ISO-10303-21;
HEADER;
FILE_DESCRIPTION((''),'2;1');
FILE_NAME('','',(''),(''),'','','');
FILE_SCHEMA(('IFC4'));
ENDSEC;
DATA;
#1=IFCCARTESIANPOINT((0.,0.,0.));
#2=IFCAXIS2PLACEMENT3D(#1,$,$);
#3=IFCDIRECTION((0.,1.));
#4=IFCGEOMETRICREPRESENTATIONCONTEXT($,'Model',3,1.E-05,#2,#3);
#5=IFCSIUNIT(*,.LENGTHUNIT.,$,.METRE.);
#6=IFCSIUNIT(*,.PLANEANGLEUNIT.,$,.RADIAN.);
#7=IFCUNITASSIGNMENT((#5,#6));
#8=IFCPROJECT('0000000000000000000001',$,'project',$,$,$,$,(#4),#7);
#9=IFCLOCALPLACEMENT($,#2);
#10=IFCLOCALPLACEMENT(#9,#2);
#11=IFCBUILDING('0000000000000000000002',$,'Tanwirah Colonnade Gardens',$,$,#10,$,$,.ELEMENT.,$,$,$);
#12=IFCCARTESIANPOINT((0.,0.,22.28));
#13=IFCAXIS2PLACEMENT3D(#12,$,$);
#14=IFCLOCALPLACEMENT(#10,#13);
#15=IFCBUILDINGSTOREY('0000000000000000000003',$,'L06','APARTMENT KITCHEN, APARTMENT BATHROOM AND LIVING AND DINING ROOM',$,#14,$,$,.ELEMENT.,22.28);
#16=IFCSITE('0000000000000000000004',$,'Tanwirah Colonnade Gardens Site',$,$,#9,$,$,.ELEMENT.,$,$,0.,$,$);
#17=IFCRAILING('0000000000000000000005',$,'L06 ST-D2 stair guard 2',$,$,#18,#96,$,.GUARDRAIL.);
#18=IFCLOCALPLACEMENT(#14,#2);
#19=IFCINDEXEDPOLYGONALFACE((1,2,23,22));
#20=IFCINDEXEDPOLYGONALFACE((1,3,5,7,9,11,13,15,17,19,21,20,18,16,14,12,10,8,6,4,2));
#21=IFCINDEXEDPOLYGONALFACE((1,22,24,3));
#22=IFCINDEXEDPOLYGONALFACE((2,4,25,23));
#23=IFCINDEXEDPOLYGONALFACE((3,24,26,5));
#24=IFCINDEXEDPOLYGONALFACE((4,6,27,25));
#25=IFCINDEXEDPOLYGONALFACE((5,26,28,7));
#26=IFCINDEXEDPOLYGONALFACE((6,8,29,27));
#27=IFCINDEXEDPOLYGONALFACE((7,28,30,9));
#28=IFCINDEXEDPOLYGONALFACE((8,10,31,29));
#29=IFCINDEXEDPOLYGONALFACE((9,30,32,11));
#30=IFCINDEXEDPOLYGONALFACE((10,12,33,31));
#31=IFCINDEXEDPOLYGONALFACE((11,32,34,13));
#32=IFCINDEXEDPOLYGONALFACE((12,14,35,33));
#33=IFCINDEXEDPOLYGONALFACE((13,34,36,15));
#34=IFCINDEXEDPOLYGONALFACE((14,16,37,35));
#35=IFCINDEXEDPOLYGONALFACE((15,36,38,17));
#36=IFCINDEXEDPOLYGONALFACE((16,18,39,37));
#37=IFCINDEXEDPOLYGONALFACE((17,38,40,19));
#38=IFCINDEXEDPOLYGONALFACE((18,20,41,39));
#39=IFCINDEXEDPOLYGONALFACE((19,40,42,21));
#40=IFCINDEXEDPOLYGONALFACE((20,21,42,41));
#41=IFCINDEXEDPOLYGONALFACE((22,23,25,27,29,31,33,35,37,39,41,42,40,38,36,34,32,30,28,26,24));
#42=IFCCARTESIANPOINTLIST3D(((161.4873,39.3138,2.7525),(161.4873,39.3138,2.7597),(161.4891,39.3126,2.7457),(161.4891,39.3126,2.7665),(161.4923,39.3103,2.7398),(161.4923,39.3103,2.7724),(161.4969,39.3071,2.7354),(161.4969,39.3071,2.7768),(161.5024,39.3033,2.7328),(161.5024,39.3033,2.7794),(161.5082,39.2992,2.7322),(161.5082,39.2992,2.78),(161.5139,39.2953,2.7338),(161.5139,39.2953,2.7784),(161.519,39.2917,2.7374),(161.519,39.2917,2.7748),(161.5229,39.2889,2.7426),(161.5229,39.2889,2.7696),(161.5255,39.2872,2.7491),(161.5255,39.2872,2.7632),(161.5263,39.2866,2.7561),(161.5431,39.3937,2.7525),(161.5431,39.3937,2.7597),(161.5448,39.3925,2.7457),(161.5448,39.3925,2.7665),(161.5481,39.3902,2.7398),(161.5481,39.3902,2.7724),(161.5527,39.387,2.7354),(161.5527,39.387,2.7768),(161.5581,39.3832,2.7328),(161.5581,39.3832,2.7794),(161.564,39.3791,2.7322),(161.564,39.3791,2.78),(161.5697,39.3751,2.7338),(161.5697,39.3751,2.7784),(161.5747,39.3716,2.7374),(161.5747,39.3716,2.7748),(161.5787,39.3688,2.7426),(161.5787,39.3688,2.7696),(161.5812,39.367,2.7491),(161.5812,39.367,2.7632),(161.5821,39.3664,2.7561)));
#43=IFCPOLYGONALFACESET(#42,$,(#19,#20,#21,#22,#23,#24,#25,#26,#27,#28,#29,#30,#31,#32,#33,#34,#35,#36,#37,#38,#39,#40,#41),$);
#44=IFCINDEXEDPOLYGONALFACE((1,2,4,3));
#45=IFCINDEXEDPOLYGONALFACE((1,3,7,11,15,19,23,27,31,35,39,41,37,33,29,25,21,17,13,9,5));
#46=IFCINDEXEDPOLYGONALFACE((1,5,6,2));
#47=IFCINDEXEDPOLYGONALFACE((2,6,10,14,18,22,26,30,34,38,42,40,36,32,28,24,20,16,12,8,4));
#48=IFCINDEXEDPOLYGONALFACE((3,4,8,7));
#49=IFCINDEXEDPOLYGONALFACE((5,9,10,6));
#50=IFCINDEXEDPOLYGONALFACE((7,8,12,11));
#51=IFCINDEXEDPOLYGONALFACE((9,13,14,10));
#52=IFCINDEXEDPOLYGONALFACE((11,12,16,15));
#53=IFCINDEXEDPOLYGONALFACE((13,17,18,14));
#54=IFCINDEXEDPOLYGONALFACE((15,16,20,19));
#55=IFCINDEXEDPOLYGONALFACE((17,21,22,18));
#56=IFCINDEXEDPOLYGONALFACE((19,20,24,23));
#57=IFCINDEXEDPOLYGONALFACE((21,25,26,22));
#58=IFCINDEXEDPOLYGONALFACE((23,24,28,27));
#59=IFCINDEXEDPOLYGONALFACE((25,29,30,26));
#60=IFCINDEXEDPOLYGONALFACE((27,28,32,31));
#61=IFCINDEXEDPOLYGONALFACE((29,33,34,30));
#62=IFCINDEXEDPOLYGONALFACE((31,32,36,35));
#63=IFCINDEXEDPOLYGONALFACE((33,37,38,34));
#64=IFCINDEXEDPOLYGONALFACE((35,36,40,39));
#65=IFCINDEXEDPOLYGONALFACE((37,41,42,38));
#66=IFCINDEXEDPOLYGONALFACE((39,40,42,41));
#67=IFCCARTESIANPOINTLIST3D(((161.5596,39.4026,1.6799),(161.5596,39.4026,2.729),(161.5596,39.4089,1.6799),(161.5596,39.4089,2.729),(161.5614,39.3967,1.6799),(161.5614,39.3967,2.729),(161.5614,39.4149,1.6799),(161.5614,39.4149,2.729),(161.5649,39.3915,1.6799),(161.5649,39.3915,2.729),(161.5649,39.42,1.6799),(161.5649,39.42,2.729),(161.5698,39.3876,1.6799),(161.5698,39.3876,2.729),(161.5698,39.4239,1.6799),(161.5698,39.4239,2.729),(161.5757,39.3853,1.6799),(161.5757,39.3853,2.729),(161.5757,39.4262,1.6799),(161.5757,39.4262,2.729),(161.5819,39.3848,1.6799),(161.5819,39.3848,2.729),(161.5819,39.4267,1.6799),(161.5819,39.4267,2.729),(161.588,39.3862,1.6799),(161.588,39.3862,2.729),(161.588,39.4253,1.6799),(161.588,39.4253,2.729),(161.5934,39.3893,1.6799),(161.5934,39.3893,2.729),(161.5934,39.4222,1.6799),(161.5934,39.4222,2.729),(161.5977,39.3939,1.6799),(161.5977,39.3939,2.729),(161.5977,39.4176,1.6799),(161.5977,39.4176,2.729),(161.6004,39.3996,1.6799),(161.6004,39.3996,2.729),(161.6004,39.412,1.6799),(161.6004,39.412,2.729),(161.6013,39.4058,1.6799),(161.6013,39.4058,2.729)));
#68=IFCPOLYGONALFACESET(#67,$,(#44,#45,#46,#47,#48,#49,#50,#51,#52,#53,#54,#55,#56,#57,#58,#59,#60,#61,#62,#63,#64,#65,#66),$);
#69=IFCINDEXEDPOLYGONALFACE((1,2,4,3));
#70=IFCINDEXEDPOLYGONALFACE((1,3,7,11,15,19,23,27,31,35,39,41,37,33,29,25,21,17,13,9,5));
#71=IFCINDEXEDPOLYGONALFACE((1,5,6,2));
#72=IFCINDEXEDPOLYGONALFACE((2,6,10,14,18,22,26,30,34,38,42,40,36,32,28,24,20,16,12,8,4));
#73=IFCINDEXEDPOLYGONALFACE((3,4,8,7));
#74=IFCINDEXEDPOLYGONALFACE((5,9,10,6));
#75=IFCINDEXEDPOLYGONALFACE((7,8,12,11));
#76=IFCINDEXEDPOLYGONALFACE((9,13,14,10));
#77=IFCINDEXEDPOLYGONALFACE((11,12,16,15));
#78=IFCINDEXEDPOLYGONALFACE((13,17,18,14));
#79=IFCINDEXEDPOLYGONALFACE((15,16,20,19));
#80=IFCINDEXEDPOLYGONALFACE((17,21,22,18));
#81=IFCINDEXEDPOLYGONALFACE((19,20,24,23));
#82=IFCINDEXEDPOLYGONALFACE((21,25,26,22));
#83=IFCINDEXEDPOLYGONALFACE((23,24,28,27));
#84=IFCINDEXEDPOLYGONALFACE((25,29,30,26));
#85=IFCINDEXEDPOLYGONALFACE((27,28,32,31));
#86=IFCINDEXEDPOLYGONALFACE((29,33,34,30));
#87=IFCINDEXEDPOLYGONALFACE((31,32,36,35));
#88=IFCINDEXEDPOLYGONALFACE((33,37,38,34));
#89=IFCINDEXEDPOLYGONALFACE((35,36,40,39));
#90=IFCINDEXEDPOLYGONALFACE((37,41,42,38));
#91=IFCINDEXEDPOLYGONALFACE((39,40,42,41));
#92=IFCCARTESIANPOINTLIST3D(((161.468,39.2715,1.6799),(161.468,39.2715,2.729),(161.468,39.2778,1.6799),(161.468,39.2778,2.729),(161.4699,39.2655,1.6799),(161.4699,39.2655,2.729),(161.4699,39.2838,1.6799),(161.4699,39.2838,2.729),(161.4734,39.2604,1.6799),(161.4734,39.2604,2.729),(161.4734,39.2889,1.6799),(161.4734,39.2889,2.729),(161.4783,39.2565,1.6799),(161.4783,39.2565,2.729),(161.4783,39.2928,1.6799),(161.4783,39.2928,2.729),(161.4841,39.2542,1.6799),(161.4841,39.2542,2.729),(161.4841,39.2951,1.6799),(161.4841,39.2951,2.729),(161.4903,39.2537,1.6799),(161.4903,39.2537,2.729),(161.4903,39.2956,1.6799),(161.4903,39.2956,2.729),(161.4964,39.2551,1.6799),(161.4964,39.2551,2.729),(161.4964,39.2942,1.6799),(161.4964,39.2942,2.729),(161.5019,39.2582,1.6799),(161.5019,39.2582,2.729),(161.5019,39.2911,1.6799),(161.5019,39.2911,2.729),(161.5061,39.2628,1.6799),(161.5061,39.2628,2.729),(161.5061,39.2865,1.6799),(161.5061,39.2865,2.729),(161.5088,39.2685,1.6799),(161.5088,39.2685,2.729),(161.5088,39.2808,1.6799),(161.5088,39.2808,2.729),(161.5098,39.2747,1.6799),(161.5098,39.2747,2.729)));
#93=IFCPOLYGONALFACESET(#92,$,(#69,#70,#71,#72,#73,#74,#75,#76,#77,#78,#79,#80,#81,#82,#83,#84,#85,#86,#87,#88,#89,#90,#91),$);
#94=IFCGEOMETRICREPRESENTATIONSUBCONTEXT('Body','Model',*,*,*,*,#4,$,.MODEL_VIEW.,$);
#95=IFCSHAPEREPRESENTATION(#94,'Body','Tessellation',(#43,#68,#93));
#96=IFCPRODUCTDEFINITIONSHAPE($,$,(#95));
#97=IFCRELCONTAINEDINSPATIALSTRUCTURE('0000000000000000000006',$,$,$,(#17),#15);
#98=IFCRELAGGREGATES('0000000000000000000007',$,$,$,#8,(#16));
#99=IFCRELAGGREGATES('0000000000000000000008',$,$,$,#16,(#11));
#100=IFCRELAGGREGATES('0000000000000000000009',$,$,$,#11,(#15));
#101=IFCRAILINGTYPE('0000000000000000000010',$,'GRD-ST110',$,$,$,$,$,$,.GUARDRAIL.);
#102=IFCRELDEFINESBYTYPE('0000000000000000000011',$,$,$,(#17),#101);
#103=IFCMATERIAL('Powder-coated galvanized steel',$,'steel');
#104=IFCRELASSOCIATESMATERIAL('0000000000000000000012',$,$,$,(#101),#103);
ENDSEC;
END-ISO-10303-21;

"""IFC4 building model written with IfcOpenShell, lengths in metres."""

from ifc_helpers import new_model, si_unit, direction, frame, origin, origin_2d, place, context, subcontext, project, spatial, circle, extrude, material, type_object, element, save


model = new_model("IFC4")

# Units and contexts
model_context = context("Model", 3, precision=1e-05, world=origin(), true_north=direction((0.0, 1.0)))
body_context = subcontext(model_context, "Body", "Model", "MODEL_VIEW")
ifc_project = project(units=[si_unit("LENGTHUNIT", "METRE"), si_unit("PLANEANGLEUNIT", "RADIAN")], contexts=[model_context])

# Site, building, storey
site_placement = place(None, origin())
site = spatial("IfcSite", under=ifc_project, at=site_placement, Name="Tanwirah Colonnade Gardens Site", CompositionType="ELEMENT", RefElevation=0.0)
building_placement = place(site_placement, origin())
building = spatial("IfcBuilding", under=site, at=building_placement, Name="Tanwirah Colonnade Gardens", CompositionType="ELEMENT")
storey_placement = place(building_placement, frame((0.0, 0.0, 22.28)))
storey = spatial("IfcBuildingStorey", under=building, at=storey_placement, Name="L06", Description="APARTMENT KITCHEN, APARTMENT BATHROOM AND LIVING AND DINING ROOM", CompositionType="ELEMENT", Elevation=22.28)

# Railing
ifc_material_1 = material(Name="Powder-coated galvanized steel", Category="steel")
railing_type_1 = type_object("IfcRailingType", Name="GRD-ST110", PredefinedType="GUARDRAIL", material=ifc_material_1)
railing_1_placement = place(storey_placement, frame((161.5803, 39.4058, 1.6799)))
element("IfcRailing", 1, at=railing_1_placement, inside=storey, type_object=railing_type_1, Name="L06 ST-D2 stair guard 2", PredefinedType="GUARDRAIL", context=body_context, shape_type="SweptSolid", body=[
    extrude(circle(Radius=0.0239, at=origin_2d()), frame((-0.0178, -0.0256, 1.0762), z_axis=(-0.57254, -0.819877, 0.0), x_axis=(0.819877, -0.57254, 0.0)), (0.0, 0.0, 1.0), 0.0974),
    extrude(circle(Radius=0.021, at=origin_2d()), origin(), (0.0, 0.0, 1.0), 1.0491),
    extrude(circle(Radius=0.021, at=origin_2d()), frame((-0.0916, -0.1311, 0.0)), (0.0, 0.0, 1.0), 1.0491),
])

save(model, "model.ifc")
